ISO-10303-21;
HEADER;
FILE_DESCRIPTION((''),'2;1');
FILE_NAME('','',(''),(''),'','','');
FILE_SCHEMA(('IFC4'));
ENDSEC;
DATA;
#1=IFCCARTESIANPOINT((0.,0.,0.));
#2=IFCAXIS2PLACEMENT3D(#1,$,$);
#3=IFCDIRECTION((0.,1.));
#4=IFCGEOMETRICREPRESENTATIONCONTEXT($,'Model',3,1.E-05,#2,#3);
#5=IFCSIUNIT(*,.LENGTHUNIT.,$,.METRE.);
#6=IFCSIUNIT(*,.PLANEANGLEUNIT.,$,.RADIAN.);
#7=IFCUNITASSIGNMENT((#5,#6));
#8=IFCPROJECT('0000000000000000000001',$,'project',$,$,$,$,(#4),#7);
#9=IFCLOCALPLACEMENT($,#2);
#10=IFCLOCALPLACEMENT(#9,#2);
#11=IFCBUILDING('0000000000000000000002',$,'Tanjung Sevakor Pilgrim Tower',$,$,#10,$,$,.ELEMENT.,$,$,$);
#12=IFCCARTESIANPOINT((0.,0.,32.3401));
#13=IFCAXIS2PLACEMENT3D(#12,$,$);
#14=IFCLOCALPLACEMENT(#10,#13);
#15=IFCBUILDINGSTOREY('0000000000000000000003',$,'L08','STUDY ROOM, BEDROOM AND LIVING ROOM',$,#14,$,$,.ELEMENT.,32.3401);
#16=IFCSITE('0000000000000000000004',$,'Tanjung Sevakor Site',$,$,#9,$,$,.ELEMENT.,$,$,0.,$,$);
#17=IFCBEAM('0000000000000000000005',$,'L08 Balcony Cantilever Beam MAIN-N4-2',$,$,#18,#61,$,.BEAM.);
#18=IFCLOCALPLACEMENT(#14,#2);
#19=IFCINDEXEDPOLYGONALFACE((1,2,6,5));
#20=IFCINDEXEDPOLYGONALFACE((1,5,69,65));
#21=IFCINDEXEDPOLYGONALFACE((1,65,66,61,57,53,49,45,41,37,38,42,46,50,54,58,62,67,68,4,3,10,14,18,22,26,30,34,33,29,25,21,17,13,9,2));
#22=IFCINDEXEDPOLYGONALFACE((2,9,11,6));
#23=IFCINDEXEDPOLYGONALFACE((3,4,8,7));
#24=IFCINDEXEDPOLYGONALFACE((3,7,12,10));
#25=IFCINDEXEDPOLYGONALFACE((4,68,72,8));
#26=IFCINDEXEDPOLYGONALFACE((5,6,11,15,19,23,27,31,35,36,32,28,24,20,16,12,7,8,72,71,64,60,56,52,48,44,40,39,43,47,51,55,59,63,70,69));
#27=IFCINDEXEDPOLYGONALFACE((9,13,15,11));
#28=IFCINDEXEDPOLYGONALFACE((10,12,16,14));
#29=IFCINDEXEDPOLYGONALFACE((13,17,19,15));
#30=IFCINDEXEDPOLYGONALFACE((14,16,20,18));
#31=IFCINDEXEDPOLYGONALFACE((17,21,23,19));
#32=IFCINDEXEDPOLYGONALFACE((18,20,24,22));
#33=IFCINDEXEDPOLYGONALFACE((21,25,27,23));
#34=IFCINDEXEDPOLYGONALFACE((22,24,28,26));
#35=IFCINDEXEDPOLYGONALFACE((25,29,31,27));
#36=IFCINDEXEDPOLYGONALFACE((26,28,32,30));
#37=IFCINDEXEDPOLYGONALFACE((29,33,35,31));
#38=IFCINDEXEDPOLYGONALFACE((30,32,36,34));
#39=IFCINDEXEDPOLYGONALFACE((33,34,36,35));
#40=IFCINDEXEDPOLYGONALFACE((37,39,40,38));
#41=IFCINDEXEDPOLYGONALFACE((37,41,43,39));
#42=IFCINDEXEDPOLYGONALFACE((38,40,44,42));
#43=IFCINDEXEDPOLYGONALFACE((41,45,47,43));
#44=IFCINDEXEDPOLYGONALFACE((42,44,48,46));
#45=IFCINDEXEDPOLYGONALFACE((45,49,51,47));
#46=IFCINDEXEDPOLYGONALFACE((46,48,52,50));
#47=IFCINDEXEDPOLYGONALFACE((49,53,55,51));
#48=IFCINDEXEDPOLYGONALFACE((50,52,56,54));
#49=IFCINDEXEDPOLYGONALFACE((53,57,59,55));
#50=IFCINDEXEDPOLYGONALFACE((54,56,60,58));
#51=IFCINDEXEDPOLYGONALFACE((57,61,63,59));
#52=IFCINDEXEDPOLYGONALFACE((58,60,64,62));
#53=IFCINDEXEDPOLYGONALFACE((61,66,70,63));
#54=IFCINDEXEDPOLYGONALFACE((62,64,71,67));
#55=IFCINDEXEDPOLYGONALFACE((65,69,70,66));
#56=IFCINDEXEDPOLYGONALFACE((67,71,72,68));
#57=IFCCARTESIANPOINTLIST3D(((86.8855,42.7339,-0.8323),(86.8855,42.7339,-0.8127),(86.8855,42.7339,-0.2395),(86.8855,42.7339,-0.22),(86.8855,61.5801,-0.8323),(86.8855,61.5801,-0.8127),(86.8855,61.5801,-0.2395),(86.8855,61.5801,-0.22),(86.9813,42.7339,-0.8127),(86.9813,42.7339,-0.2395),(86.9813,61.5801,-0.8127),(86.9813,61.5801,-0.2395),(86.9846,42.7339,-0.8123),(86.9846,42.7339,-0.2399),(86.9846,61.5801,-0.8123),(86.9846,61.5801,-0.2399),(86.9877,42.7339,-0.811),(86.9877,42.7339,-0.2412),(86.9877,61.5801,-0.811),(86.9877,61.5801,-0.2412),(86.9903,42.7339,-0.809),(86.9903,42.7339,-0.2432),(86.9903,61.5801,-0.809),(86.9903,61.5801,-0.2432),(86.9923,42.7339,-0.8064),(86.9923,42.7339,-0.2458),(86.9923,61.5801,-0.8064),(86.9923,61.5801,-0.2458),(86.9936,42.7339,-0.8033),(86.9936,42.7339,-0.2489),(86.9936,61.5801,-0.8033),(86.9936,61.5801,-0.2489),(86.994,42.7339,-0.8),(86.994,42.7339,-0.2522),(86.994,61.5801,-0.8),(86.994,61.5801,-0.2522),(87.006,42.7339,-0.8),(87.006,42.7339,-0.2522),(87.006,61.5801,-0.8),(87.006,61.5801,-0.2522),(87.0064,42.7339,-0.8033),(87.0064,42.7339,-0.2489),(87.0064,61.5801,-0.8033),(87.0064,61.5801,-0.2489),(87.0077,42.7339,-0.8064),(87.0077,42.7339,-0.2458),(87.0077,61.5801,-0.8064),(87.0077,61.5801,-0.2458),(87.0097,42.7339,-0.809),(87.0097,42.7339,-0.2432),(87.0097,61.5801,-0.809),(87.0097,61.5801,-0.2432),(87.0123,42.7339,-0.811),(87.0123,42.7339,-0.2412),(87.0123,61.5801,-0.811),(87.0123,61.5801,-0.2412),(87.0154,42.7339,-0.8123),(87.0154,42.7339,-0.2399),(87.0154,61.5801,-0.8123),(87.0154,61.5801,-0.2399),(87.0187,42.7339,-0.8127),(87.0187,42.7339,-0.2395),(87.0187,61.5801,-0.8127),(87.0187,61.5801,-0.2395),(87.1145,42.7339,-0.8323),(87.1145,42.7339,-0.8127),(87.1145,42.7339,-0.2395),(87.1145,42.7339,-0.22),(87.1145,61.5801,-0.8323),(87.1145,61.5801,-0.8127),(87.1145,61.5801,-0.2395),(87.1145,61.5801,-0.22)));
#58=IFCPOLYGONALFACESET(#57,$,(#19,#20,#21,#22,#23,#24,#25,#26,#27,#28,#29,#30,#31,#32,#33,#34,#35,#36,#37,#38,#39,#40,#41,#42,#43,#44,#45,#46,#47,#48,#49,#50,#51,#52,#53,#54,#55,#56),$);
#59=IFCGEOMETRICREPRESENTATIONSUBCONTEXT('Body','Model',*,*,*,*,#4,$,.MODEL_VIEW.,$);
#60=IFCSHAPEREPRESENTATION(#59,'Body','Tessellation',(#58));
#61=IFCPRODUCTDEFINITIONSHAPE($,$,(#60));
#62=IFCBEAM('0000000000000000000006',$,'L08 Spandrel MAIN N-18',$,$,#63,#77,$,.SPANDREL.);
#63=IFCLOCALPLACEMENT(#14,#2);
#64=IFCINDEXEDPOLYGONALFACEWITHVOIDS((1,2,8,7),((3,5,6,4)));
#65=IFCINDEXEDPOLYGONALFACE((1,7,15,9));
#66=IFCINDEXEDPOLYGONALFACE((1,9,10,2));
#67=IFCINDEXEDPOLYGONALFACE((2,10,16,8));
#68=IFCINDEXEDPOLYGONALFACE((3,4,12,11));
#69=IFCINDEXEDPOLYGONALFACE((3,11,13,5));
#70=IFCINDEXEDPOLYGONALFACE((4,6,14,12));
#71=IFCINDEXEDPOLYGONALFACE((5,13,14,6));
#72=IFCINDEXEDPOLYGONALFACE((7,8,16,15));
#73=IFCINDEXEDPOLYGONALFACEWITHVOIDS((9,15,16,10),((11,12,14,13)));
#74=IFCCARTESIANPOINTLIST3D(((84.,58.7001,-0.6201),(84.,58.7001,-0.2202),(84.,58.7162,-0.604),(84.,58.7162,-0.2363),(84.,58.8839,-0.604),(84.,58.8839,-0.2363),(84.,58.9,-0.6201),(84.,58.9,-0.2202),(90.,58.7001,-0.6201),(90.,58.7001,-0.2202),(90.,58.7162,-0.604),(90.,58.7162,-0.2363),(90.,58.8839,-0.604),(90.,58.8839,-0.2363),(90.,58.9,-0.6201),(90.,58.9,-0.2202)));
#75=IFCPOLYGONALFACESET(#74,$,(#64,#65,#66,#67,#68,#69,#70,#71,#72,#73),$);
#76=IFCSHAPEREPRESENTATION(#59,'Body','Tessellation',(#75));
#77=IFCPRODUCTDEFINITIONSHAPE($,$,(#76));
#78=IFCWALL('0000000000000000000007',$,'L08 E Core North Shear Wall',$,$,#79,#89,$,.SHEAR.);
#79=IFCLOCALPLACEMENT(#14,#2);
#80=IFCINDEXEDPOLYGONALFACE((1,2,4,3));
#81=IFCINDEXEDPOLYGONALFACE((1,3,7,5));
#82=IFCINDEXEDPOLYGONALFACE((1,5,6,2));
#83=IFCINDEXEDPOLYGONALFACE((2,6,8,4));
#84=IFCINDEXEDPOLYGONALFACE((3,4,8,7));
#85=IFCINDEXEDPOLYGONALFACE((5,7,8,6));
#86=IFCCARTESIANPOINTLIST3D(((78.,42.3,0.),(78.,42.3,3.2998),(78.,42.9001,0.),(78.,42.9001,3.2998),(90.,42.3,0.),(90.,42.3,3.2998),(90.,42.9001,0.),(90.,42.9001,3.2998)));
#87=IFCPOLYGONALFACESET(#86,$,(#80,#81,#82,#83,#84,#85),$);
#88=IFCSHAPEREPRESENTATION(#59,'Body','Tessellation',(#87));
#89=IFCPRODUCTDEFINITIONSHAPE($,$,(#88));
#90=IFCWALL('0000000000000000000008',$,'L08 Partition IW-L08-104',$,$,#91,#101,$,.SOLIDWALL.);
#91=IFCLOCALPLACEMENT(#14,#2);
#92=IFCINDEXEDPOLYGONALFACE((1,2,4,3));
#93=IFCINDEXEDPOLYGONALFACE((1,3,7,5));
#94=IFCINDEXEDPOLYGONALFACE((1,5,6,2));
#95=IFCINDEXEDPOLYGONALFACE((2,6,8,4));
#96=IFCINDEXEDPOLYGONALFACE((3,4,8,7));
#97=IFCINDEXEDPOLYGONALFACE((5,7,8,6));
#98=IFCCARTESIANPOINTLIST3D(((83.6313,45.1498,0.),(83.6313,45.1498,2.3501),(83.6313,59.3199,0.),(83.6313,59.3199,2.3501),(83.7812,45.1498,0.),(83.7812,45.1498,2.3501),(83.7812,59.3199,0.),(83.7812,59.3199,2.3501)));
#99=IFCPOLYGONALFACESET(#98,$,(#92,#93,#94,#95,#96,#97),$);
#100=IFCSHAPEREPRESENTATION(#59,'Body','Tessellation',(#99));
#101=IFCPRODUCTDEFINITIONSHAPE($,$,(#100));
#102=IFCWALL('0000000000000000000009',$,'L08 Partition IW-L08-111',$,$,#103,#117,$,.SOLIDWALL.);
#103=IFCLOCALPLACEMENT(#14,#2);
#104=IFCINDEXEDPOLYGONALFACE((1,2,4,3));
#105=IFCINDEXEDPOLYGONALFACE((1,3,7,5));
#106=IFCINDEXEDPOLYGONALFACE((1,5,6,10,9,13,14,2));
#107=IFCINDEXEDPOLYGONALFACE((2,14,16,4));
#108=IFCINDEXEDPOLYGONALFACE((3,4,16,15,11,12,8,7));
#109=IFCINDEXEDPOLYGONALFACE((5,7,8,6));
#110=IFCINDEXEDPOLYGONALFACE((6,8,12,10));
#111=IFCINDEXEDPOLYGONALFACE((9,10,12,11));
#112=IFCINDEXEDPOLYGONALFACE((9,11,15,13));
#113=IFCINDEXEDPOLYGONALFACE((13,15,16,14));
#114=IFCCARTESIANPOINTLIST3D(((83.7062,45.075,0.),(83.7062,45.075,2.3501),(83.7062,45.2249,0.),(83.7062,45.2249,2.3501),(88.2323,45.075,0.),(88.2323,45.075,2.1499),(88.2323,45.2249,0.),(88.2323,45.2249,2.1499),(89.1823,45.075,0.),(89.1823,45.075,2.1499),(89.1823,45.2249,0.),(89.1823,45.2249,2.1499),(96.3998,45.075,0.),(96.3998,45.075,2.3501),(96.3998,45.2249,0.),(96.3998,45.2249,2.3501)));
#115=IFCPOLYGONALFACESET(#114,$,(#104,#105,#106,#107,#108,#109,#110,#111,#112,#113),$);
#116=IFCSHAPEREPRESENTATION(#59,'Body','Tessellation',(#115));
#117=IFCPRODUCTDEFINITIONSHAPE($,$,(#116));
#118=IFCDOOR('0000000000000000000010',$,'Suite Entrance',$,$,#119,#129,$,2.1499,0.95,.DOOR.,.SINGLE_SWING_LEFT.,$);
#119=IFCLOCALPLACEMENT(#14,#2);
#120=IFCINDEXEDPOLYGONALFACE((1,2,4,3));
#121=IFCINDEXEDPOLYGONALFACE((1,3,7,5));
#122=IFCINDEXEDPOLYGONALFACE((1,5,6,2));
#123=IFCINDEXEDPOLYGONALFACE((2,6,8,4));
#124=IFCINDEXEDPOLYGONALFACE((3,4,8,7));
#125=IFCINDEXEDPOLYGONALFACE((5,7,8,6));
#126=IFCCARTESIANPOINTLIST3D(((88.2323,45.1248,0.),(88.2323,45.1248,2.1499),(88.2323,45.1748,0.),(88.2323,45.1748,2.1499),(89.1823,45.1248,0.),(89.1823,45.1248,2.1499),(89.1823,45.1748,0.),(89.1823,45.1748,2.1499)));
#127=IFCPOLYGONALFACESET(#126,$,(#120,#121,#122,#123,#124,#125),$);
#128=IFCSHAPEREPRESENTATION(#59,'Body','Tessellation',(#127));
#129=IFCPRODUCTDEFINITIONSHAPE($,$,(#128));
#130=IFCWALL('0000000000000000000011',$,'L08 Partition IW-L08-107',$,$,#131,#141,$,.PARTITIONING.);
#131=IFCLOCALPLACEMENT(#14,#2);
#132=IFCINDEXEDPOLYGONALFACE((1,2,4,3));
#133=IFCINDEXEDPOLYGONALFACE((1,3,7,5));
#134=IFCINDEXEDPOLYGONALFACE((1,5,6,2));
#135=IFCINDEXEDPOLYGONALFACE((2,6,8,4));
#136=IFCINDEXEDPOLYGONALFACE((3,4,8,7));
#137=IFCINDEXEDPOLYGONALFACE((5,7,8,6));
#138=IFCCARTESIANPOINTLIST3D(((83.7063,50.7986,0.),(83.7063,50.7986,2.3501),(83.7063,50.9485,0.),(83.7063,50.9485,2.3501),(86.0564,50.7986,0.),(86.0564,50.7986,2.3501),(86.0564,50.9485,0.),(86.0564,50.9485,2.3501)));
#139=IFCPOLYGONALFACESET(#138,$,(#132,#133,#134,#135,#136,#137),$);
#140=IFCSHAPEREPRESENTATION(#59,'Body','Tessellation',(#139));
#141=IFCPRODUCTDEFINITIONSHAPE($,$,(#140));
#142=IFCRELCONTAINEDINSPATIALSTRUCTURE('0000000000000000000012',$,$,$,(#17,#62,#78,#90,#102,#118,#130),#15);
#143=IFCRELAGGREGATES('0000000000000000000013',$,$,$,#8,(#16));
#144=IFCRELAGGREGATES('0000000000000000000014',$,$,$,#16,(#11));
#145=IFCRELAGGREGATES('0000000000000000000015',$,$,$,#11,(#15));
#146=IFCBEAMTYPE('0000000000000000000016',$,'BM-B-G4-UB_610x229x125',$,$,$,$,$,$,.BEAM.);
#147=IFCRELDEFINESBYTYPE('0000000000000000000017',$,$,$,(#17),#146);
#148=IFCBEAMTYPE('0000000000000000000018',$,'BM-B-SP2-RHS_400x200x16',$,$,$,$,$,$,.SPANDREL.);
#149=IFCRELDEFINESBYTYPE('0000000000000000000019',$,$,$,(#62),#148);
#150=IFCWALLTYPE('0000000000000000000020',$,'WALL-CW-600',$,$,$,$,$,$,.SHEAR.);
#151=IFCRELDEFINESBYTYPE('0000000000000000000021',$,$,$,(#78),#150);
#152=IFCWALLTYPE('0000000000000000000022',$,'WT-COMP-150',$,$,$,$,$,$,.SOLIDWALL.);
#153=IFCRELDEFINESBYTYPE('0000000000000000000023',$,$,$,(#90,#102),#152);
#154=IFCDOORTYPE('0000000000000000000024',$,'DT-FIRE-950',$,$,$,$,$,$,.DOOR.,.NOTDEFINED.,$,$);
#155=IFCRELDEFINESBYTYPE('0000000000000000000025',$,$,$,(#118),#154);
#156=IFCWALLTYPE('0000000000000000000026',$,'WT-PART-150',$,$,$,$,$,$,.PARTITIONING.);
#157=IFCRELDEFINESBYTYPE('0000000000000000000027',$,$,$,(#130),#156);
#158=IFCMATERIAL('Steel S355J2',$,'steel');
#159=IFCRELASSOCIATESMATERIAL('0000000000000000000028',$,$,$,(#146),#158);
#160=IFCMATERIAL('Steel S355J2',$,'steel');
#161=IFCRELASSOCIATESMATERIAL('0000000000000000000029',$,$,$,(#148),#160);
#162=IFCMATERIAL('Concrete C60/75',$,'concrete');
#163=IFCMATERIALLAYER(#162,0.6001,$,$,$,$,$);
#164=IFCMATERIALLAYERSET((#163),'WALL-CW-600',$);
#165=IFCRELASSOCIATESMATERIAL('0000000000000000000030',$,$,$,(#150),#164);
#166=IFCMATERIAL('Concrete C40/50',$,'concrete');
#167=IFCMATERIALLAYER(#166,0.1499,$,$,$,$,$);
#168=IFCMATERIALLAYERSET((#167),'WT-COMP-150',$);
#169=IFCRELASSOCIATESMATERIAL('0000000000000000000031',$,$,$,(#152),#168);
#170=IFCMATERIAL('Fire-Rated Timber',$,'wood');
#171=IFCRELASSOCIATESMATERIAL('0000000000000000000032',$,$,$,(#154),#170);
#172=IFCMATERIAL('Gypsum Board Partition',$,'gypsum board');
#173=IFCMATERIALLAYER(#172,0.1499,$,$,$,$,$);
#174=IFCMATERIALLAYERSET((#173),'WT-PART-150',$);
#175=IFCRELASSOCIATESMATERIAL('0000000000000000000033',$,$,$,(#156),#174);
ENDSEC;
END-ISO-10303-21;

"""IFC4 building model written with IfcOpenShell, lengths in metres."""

from ifc_helpers import new_model, si_unit, direction, frame, frame_2d, origin, origin_2d, place, context, subcontext, project, spatial, rectangle, hollow_rectangle, i_section, extrude, material, layer, layer_set, material_profile, profile_set, type_object, element, fill, save


model = new_model("IFC4")

# Units and contexts
model_context = context("Model", 3, precision=1e-05, world=origin(), true_north=direction((0.0, 1.0)))
body_context = subcontext(model_context, "Body", "Model", "MODEL_VIEW")
ifc_project = project(units=[si_unit("LENGTHUNIT", "METRE"), si_unit("PLANEANGLEUNIT", "RADIAN")], contexts=[model_context])

# Site, building, storey
site_placement = place(None, origin())
site = spatial("IfcSite", under=ifc_project, at=site_placement, Name="Tanjung Sevakor Site", CompositionType="ELEMENT", RefElevation=0.0)
building_placement = place(site_placement, origin())
building = spatial("IfcBuilding", under=site, at=building_placement, Name="Tanjung Sevakor Pilgrim Tower", CompositionType="ELEMENT")
storey_placement = place(building_placement, frame((0.0, 0.0, 32.3401)))
storey = spatial("IfcBuildingStorey", under=building, at=storey_placement, Name="L08", Description="STUDY ROOM, BEDROOM AND LIVING ROOM", CompositionType="ELEMENT", Elevation=32.3401)

# Beams
ifc_material_1 = material(Name="Steel S355J2", Category="steel")
ifc_material_profile_1 = material_profile(ifc_material_1, i_section(OverallWidth=0.229, OverallDepth=0.6123, WebThickness=0.012, FlangeThickness=0.0195, FilletRadius=0.0127, at=origin_2d()))
ifc_profile_set_1 = profile_set([ifc_material_profile_1], Name="Steel S355J2")
beam_type_1 = type_object("IfcBeamType", Name="BM-B-G4-UB_610x229x125", PredefinedType="BEAM", material=ifc_profile_set_1)
beam_1_placement = place(storey_placement, frame((87.0, 42.7339, -0.5261), z_axis=(0.0, 1.0, 0.0), x_axis=(-1.0, 0.0, 0.0)))
element("IfcBeam", 1, at=beam_1_placement, inside=storey, type_object=beam_type_1, Name="L08 Balcony Cantilever Beam MAIN-N4-2", PredefinedType="BEAM", context=body_context, shape_type="SweptSolid", body=[
    extrude(i_section(OverallWidth=0.229, OverallDepth=0.6123, WebThickness=0.012, FlangeThickness=0.0195, FilletRadius=0.0127, at=origin_2d()), origin(), (0.0, 0.0, 1.0), 18.8462),
])
ifc_material_2 = material(Name="Steel S355J2", Category="steel")
ifc_material_profile_2 = material_profile(ifc_material_2, hollow_rectangle(XDim=0.2, YDim=0.3999, WallThickness=0.0161, at=origin_2d()))
ifc_profile_set_2 = profile_set([ifc_material_profile_2], Name="Steel S355J2")
beam_type_2 = type_object("IfcBeamType", Name="BM-B-SP2-RHS_400x200x16", PredefinedType="SPANDREL", material=ifc_profile_set_2)
beam_2_placement = place(storey_placement, frame((84.0, 58.8, -0.4202), z_axis=(1.0, 0.0, 0.0), x_axis=(0.0, 1.0, 0.0)))
element("IfcBeam", 2, at=beam_2_placement, inside=storey, type_object=beam_type_2, Name="L08 Spandrel MAIN N-18", PredefinedType="SPANDREL", context=body_context, shape_type="SweptSolid", body=[
    extrude(hollow_rectangle(XDim=0.2, YDim=0.3999, WallThickness=0.0161, at=origin_2d()), origin(), (0.0, 0.0, 1.0), 6.0),
])

# Walls
ifc_material_3 = material(Name="Concrete C60/75", Category="concrete")
ifc_layer_1 = layer(ifc_material_3, 0.6001)
ifc_layer_set_1 = layer_set([ifc_layer_1], Name="WALL-CW-600")
wall_type_1 = type_object("IfcWallType", Name="WALL-CW-600", PredefinedType="SHEAR", material=ifc_layer_set_1)
wall_1_placement = place(storey_placement, frame((90.0, 42.6001, 0.0), z_axis=(0.0, 0.0, 1.0), x_axis=(-1.0, 0.0, 0.0)))
element("IfcWall", 3, at=wall_1_placement, inside=storey, type_object=wall_type_1, Name="L08 E Core North Shear Wall", PredefinedType="SHEAR", context=body_context, shape_type="SweptSolid", body=[
    extrude(rectangle(XDim=12.0, YDim=0.6001, at=frame_2d((6.0, 0.0))), origin(), (0.0, 0.0, 1.0), 3.2998),
])
ifc_material_4 = material(Name="Concrete C40/50", Category="concrete")
ifc_layer_2 = layer(ifc_material_4, 0.1499)
ifc_layer_set_2 = layer_set([ifc_layer_2], Name="WT-COMP-150")
wall_type_2 = type_object("IfcWallType", Name="WT-COMP-150", PredefinedType="SOLIDWALL", material=ifc_layer_set_2)
wall_2_placement = place(storey_placement, frame((83.7063, 45.1499, 0.0), z_axis=(0.0, 0.0, 1.0), x_axis=(0.0, 1.0, 0.0)))
element("IfcWall", 4, at=wall_2_placement, inside=storey, type_object=wall_type_2, Name="L08 Partition IW-L08-104", PredefinedType="SOLIDWALL", context=body_context, shape_type="SweptSolid", body=[
    extrude(rectangle(XDim=14.1702, YDim=0.1499, at=frame_2d((7.085, 0.0))), origin(), (0.0, 0.0, 1.0), 2.3501),
])

# Wall, opening, door
wall_3_placement = place(storey_placement, frame((83.7063, 45.1499, 0.0), z_axis=(0.0, 0.0, 1.0), x_axis=(1.0, 0.0, 0.0)))
wall_3 = element("IfcWall", 5, at=wall_3_placement, inside=storey, type_object=wall_type_2, Name="L08 Partition IW-L08-111", PredefinedType="SOLIDWALL", context=body_context, shape_type="SweptSolid", body=[
    extrude(rectangle(XDim=12.6936, YDim=0.1499, at=frame_2d((6.3467, 0.0))), origin(), (0.0, 0.0, 1.0), 2.3501),
])
opening_1_placement = place(wall_3_placement, frame((4.5259, 0.0, 0.0)))
opening_1 = element("IfcOpeningElement", 6, at=opening_1_placement, cuts=wall_3, PredefinedType="OPENING", context=body_context, shape_type="SweptSolid", body=[
    extrude(rectangle(XDim=0.95, YDim=2.1499, at=frame_2d((0.4751, 1.075))), frame((0.0, 0.085, 0.0), z_axis=(0.0, -1.0, 0.0), x_axis=(1.0, 0.0, 0.0)), (0.0, 0.0, 1.0), 0.1699),
])
ifc_material_5 = material(Name="Fire-Rated Timber", Category="wood")
door_type_1 = type_object("IfcDoorType", Name="DT-FIRE-950", OperationType="NOTDEFINED", PredefinedType="DOOR", material=ifc_material_5)
door_1_placement = place(opening_1_placement, origin())
door_1 = element("IfcDoor", 7, at=door_1_placement, inside=storey, type_object=door_type_1, Name="Suite Entrance", OperationType="SINGLE_SWING_LEFT", OverallHeight=2.1499, OverallWidth=0.95, PredefinedType="DOOR", context=body_context, shape_type="SweptSolid", body=[
    extrude(rectangle(XDim=0.95, YDim=2.1499, at=frame_2d((0.4751, 1.075))), frame((0.0, 0.0249, 0.0), z_axis=(0.0, -1.0, 0.0), x_axis=(1.0, 0.0, 0.0)), (0.0, 0.0, 1.0), 0.05),
])
fill(opening_1, door_1)

# Wall
ifc_material_6 = material(Name="Gypsum Board Partition", Category="gypsum board")
ifc_layer_3 = layer(ifc_material_6, 0.1499)
ifc_layer_set_3 = layer_set([ifc_layer_3], Name="WT-PART-150")
wall_type_3 = type_object("IfcWallType", Name="WT-PART-150", PredefinedType="PARTITIONING", material=ifc_layer_set_3)
wall_4_placement = place(storey_placement, frame((83.7063, 50.8735, 0.0), z_axis=(0.0, 0.0, 1.0), x_axis=(1.0, 0.0, 0.0)))
element("IfcWall", 8, at=wall_4_placement, inside=storey, type_object=wall_type_3, Name="L08 Partition IW-L08-107", PredefinedType="PARTITIONING", context=body_context, shape_type="SweptSolid", body=[
    extrude(rectangle(XDim=2.3501, YDim=0.1499, at=frame_2d((1.175, 0.0))), origin(), (0.0, 0.0, 1.0), 2.3501),
])

save(model, "model.ifc")
